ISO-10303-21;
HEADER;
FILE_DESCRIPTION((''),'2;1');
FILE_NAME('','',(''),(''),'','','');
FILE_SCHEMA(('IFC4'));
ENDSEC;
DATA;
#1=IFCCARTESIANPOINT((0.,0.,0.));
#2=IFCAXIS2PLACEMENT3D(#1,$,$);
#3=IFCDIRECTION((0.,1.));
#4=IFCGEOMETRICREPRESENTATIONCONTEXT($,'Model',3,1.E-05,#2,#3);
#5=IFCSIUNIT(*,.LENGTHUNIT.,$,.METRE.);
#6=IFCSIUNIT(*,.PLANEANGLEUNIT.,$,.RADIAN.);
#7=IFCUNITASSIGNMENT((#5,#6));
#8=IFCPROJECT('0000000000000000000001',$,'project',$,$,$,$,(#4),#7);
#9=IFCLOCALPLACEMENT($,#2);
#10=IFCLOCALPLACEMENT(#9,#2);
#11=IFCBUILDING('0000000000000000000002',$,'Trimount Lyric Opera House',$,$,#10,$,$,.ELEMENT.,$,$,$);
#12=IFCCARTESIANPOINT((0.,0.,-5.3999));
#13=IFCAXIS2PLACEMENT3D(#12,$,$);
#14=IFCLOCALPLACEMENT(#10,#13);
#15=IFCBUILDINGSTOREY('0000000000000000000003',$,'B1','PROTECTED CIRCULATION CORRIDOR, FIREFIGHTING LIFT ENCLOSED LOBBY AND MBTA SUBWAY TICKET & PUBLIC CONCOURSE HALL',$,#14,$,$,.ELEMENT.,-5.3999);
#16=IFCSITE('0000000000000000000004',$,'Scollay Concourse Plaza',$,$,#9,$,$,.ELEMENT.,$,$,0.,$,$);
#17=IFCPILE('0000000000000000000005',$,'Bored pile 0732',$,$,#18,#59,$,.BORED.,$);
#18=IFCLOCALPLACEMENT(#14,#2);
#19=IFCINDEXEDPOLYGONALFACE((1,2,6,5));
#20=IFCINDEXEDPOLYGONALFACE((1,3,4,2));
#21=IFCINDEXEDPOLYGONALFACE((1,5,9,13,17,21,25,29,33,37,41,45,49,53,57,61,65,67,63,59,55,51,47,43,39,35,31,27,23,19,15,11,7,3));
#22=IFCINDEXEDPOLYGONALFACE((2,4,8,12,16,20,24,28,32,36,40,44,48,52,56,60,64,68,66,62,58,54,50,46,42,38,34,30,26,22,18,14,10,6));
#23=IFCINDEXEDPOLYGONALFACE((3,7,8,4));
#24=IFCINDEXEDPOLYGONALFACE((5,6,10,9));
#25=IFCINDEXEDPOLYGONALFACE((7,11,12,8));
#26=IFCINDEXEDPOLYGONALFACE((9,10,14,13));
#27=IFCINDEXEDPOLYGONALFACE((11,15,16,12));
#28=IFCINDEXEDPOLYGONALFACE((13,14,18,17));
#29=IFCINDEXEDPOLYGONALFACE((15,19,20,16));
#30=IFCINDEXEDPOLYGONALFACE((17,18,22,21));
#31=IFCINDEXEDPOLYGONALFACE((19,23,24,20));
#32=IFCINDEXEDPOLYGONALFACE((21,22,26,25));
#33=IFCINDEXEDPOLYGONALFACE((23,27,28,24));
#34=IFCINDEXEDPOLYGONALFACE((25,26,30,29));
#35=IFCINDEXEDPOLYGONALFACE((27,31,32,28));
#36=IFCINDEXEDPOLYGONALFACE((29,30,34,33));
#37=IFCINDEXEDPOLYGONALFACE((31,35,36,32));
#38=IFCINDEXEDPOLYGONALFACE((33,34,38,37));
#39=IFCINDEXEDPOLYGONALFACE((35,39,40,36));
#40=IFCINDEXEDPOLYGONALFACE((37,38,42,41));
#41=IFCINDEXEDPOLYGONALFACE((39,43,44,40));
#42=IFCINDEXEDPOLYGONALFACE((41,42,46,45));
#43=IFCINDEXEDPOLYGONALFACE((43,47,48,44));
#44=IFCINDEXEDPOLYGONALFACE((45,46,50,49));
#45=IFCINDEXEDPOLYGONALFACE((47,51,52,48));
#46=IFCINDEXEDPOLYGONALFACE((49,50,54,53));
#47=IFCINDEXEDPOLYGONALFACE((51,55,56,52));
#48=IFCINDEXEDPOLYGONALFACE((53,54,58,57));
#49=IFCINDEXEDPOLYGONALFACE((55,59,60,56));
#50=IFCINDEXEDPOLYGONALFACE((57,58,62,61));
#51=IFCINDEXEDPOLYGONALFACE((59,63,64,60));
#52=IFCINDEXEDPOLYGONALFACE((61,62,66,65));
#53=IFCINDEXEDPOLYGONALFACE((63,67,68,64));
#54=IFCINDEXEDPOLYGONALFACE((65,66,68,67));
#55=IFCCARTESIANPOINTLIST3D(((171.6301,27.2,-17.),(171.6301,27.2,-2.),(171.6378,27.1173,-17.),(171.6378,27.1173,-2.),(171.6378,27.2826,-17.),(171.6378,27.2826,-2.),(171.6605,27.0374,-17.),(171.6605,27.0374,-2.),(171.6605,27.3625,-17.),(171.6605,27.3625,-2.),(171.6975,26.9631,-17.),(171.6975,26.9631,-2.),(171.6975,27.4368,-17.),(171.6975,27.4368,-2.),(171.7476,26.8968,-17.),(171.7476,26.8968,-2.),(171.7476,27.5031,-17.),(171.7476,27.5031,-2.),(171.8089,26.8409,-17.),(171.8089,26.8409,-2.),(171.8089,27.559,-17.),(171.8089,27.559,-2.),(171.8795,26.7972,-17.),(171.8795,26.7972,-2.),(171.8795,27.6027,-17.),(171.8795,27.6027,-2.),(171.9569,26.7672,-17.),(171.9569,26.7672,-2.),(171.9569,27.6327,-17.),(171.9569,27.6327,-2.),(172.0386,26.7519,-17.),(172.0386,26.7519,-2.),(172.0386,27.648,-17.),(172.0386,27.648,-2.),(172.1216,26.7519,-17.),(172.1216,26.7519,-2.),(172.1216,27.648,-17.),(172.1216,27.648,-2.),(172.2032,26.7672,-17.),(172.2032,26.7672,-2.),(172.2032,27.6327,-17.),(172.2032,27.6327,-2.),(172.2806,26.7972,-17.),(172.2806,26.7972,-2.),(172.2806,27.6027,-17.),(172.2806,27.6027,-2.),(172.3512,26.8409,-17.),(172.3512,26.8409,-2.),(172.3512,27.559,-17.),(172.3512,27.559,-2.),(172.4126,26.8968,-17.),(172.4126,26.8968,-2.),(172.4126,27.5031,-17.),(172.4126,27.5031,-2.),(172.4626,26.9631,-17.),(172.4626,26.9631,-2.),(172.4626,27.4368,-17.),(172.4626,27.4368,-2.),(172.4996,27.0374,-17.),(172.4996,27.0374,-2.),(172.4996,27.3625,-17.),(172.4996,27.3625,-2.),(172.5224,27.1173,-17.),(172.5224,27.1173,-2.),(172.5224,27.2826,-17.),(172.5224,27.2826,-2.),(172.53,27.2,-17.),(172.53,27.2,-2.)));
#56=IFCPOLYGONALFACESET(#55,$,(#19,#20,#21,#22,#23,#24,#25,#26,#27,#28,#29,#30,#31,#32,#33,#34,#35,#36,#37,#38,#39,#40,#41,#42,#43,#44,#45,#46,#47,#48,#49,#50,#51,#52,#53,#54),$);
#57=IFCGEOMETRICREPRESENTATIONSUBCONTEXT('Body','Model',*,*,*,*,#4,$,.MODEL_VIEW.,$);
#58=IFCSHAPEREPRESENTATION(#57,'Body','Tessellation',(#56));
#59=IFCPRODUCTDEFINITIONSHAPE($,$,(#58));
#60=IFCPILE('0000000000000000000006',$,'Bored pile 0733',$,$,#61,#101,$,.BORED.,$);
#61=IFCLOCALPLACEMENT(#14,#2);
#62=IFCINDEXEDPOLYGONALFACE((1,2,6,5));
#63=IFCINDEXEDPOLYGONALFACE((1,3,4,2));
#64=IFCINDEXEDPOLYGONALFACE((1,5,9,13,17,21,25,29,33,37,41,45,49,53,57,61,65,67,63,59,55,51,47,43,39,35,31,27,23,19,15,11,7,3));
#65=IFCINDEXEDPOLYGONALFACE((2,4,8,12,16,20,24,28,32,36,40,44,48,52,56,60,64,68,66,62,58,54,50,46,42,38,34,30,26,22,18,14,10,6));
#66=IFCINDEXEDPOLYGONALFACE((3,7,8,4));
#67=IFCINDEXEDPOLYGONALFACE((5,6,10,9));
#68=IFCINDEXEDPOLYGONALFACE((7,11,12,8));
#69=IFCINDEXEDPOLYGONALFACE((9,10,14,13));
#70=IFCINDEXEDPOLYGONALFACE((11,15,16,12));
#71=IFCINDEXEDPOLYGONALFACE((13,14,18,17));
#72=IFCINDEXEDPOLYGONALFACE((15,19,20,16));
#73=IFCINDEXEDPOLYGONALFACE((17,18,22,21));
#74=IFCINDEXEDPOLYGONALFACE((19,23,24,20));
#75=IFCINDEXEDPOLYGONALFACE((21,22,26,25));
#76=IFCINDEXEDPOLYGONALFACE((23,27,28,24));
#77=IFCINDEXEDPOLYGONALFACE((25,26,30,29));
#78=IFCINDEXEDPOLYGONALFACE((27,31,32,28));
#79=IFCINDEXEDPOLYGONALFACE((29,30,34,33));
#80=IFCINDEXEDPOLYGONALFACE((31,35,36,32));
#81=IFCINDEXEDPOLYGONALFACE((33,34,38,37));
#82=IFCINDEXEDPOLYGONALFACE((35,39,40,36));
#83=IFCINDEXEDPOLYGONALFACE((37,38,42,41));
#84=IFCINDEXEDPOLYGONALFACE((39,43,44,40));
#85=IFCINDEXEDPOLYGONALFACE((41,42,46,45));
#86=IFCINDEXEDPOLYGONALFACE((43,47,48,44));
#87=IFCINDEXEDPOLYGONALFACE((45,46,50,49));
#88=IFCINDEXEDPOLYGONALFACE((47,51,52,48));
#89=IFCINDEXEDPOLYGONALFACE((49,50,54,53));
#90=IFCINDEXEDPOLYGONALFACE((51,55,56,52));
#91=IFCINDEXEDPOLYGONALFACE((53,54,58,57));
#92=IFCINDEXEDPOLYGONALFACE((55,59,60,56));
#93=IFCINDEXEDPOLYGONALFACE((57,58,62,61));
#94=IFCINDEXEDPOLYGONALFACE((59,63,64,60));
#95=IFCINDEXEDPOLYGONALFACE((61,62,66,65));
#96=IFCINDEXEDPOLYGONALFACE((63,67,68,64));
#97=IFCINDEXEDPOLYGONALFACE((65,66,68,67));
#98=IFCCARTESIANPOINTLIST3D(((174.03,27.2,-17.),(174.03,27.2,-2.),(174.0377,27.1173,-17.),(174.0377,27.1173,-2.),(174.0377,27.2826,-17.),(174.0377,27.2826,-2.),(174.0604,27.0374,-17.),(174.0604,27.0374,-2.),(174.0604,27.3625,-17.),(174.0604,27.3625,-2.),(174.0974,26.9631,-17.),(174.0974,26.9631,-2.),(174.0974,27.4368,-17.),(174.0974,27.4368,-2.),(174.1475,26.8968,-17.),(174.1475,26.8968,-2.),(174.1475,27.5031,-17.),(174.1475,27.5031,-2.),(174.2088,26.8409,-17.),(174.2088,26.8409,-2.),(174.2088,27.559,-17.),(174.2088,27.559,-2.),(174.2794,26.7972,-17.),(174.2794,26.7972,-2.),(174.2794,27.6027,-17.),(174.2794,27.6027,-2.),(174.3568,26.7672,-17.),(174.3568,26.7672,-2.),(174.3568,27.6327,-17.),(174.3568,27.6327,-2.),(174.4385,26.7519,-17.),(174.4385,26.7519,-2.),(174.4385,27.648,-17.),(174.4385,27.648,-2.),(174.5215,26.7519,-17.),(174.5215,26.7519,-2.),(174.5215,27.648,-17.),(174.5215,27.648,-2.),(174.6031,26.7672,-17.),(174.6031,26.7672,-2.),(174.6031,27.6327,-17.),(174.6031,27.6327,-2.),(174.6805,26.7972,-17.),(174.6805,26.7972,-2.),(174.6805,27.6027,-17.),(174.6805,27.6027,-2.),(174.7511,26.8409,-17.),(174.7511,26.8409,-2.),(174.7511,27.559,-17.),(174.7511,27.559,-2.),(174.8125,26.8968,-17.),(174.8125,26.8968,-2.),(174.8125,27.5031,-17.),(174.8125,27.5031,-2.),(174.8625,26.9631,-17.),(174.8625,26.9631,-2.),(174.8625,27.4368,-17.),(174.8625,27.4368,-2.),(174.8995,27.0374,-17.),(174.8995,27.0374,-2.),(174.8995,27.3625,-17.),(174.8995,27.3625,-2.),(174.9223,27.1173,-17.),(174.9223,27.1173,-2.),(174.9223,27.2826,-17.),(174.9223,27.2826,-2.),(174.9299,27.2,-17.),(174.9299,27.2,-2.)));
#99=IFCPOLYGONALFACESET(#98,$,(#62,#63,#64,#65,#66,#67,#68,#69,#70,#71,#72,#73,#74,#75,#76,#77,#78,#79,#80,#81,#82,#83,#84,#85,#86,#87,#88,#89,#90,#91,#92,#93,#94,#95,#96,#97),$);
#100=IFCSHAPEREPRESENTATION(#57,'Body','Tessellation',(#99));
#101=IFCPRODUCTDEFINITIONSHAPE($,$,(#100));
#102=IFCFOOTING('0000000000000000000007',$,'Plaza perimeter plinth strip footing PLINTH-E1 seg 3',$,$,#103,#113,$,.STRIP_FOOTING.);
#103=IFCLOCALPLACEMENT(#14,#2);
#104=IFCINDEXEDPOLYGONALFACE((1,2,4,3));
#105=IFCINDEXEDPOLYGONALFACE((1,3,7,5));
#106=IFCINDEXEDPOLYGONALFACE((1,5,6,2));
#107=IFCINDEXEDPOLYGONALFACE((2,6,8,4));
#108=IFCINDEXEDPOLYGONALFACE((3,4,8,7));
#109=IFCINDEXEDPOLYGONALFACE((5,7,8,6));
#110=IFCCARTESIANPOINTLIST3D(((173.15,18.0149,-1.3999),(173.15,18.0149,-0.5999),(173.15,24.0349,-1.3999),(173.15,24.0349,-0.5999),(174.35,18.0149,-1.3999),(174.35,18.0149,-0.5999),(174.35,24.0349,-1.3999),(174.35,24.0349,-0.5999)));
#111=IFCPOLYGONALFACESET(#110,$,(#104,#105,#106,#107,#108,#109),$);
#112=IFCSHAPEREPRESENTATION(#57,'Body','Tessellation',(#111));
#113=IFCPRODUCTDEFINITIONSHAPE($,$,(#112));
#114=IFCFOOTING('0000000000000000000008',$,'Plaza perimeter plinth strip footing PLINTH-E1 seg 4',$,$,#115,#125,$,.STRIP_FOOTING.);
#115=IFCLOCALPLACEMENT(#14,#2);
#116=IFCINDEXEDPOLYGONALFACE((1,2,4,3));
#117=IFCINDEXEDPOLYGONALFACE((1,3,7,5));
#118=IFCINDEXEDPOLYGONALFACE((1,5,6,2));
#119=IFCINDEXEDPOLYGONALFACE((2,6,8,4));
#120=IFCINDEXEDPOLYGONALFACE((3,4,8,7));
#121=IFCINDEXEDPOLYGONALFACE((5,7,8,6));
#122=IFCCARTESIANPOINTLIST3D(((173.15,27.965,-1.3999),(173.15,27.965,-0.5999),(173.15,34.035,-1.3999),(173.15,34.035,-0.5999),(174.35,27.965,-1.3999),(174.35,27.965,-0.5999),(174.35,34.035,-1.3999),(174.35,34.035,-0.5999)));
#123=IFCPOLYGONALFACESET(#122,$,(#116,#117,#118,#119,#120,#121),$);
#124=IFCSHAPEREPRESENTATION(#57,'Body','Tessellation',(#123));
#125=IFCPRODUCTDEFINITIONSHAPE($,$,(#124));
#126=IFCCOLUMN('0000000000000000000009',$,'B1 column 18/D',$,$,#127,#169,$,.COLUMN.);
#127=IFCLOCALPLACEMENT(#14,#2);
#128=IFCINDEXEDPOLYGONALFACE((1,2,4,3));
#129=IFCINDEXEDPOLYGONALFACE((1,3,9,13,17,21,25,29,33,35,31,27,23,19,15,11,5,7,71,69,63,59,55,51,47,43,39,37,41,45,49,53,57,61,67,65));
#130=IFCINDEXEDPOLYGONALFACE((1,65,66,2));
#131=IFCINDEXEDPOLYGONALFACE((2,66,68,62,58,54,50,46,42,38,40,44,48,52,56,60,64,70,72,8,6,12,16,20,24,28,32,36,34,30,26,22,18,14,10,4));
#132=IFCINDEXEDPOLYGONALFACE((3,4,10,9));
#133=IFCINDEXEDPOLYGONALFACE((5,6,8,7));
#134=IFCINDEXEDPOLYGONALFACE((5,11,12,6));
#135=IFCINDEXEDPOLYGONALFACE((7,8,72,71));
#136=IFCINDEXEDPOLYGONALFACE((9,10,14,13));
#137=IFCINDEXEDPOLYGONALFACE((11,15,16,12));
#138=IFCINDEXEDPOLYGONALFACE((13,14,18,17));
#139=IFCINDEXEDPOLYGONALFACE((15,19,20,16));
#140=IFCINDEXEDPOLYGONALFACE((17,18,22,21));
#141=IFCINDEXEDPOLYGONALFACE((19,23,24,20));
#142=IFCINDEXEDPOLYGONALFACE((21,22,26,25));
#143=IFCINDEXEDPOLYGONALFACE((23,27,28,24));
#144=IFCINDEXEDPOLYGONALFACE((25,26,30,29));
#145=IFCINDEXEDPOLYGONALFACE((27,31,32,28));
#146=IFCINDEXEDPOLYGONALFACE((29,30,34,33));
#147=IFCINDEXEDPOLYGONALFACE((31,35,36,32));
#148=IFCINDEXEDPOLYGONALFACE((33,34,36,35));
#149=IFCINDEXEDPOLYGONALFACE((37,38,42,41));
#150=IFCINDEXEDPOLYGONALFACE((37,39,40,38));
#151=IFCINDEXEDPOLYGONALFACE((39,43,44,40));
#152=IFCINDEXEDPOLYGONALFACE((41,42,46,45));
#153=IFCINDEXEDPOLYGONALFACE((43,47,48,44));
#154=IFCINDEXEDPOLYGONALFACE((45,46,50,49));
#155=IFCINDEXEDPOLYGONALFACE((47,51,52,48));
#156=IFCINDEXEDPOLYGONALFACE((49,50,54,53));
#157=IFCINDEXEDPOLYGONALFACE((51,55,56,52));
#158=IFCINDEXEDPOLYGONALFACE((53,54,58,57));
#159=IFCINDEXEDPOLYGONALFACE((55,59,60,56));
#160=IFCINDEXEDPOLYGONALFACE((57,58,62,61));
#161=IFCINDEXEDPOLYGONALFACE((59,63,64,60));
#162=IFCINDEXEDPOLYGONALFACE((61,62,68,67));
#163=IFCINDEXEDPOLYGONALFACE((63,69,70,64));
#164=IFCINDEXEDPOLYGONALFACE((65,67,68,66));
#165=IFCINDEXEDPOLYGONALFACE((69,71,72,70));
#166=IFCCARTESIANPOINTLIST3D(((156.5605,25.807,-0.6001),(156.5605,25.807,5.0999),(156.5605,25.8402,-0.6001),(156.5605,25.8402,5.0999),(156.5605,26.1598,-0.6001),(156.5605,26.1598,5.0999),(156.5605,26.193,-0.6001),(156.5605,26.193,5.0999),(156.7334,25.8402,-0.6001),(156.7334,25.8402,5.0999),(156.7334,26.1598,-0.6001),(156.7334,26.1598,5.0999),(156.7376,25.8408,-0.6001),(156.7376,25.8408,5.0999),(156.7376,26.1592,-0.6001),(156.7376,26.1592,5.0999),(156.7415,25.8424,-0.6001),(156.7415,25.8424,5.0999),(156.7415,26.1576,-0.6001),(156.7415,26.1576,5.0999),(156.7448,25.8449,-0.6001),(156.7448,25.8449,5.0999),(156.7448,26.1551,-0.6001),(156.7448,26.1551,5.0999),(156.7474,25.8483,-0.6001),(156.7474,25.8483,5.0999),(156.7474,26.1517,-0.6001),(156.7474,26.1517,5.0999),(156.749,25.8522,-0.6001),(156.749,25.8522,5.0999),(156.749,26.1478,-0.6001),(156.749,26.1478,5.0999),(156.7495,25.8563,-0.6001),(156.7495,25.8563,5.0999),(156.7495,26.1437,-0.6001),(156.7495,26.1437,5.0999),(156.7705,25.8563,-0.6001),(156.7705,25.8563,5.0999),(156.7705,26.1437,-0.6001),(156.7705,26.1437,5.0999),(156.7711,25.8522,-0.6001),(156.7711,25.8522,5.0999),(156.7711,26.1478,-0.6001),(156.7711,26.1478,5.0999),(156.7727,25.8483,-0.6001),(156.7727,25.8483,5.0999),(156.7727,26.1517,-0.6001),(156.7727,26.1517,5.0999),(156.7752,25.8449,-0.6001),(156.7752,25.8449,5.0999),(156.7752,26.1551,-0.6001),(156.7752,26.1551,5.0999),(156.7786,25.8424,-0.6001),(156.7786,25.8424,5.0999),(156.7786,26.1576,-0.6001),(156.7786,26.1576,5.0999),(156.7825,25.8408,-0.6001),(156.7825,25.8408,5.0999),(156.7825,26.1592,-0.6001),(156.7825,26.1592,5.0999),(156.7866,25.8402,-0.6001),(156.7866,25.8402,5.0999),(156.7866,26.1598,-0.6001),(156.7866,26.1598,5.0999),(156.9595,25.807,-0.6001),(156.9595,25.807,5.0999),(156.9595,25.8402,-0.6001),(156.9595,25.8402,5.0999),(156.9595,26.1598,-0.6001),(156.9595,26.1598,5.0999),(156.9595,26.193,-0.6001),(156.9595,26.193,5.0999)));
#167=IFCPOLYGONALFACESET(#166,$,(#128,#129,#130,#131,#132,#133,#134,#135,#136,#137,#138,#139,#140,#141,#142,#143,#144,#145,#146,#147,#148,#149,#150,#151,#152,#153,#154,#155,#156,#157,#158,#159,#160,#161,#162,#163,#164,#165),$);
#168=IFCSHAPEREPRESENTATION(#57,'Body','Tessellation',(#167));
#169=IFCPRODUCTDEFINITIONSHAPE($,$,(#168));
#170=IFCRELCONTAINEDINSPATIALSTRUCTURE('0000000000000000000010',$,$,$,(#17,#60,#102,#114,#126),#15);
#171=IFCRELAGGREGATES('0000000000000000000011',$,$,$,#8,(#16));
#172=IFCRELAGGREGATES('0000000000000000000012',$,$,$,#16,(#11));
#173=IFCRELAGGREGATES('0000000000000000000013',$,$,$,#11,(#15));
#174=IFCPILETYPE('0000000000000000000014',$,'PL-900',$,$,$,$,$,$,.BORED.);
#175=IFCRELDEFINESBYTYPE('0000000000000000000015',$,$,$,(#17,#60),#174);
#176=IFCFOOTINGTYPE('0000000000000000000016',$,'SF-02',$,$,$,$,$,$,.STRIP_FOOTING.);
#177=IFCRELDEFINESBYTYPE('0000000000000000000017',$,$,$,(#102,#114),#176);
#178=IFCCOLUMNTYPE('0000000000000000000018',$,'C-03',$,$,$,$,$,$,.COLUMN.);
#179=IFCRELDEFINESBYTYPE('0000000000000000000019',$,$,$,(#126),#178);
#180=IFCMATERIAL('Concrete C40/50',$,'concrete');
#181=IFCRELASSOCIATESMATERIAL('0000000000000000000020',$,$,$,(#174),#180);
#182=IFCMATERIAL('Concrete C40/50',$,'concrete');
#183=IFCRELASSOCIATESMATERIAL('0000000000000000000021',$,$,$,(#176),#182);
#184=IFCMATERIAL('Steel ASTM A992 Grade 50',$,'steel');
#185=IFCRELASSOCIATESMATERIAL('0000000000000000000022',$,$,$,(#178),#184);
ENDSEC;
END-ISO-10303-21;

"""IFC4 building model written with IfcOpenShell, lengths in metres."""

from ifc_helpers import new_model, si_unit, direction, frame, origin, origin_2d, place, context, subcontext, project, spatial, rectangle, circle, i_section, extrude, material, material_profile, profile_set, type_object, element, save


model = new_model("IFC4")

# Units and contexts
model_context = context("Model", 3, precision=1e-05, world=origin(), true_north=direction((0.0, 1.0)))
body_context = subcontext(model_context, "Body", "Model", "MODEL_VIEW")
ifc_project = project(units=[si_unit("LENGTHUNIT", "METRE"), si_unit("PLANEANGLEUNIT", "RADIAN")], contexts=[model_context])

# Site, building, storey
site_placement = place(None, origin())
site = spatial("IfcSite", under=ifc_project, at=site_placement, Name="Scollay Concourse Plaza", CompositionType="ELEMENT", RefElevation=0.0)
building_placement = place(site_placement, origin())
building = spatial("IfcBuilding", under=site, at=building_placement, Name="Trimount Lyric Opera House", CompositionType="ELEMENT")
storey_placement = place(building_placement, frame((0.0, 0.0, -5.3999)))
storey = spatial("IfcBuildingStorey", under=building, at=storey_placement, Name="B1", Description="PROTECTED CIRCULATION CORRIDOR, FIREFIGHTING LIFT ENCLOSED LOBBY AND MBTA SUBWAY TICKET & PUBLIC CONCOURSE HALL", CompositionType="ELEMENT", Elevation=-5.3999)

# Piles
ifc_material_1 = material(Name="Concrete C40/50", Category="concrete")
ifc_material_profile_1 = material_profile(ifc_material_1, circle(Radius=0.45, at=origin_2d()), Name="PILE-D900")
ifc_profile_set_1 = profile_set([ifc_material_profile_1], Name="Concrete C40/50")
pile_type_1 = type_object("IfcPileType", Name="PL-900", PredefinedType="BORED", material=ifc_profile_set_1)
for number, where, z_axis, x_axis, name in (
    (1, (172.0801, 27.2, -2.0), (0.0, 0.0, -1.0), (1.0, 0.0, 0.0), "Bored pile 0732"),
    (2, (174.48, 27.2, -2.0), (0.0, 0.0, -1.0), (1.0, 0.0, 0.0), "Bored pile 0733"),
):
    element("IfcPile", number, at=place(storey_placement, frame(where, z_axis=z_axis, x_axis=x_axis)), inside=storey, type_object=pile_type_1, Name=name, PredefinedType="BORED", context=body_context, shape_type="SweptSolid", body=[
        extrude(circle(Radius=0.45, at=origin_2d()), origin(), (0.0, 0.0, 1.0), 15.0),
    ])

# Footings
ifc_material_2 = material(Name="Concrete C40/50", Category="concrete")
footing_type_1 = type_object("IfcFootingType", Name="SF-02", PredefinedType="STRIP_FOOTING", material=ifc_material_2)
footing_1_placement = place(storey_placement, frame((173.75, 21.0249, -1.3999), z_axis=(0.0, 0.0, 1.0), x_axis=(1.0, 0.0, 0.0)))
element("IfcFooting", 3, at=footing_1_placement, inside=storey, type_object=footing_type_1, Name="Plaza perimeter plinth strip footing PLINTH-E1 seg 3", PredefinedType="STRIP_FOOTING", context=body_context, shape_type="SweptSolid", body=[
    extrude(rectangle(XDim=1.2, YDim=6.02, at=origin_2d()), origin(), (0.0, 0.0, 1.0), 0.8),
])
footing_2_placement = place(storey_placement, frame((173.75, 31.0, -1.3999), z_axis=(0.0, 0.0, 1.0), x_axis=(1.0, 0.0, 0.0)))
element("IfcFooting", 4, at=footing_2_placement, inside=storey, type_object=footing_type_1, Name="Plaza perimeter plinth strip footing PLINTH-E1 seg 4", PredefinedType="STRIP_FOOTING", context=body_context, shape_type="SweptSolid", body=[
    extrude(rectangle(XDim=1.2, YDim=6.0701, at=origin_2d()), origin(), (0.0, 0.0, 1.0), 0.8),
])

# Column
ifc_material_3 = material(Name="Steel ASTM A992 Grade 50", Category="steel")
ifc_material_profile_2 = material_profile(ifc_material_3, i_section(OverallWidth=0.3989, OverallDepth=0.386, WebThickness=0.021, FlangeThickness=0.0332, FilletRadius=0.0161, at=origin_2d()), Name="W14X176")
ifc_profile_set_2 = profile_set([ifc_material_profile_2], Name="Steel ASTM A992 Grade 50")
column_type_1 = type_object("IfcColumnType", Name="C-03", PredefinedType="COLUMN", material=ifc_profile_set_2)
for number, where, z_axis, x_axis, name in (
    (5, (156.76, 26.0, -0.6001), (0.0, 0.0, 1.0), (1.0, 0.0, 0.0), "B1 column 18/D"),
):
    element("IfcColumn", number, at=place(storey_placement, frame(where, z_axis=z_axis, x_axis=x_axis)), inside=storey, type_object=column_type_1, Name=name, PredefinedType="COLUMN", context=body_context, shape_type="SweptSolid", body=[
        extrude(i_section(OverallWidth=0.3989, OverallDepth=0.386, WebThickness=0.021, FlangeThickness=0.0332, FilletRadius=0.0161, at=origin_2d()), origin(), (0.0, 0.0, 1.0), 5.7),
    ])

save(model, "model.ifc")
